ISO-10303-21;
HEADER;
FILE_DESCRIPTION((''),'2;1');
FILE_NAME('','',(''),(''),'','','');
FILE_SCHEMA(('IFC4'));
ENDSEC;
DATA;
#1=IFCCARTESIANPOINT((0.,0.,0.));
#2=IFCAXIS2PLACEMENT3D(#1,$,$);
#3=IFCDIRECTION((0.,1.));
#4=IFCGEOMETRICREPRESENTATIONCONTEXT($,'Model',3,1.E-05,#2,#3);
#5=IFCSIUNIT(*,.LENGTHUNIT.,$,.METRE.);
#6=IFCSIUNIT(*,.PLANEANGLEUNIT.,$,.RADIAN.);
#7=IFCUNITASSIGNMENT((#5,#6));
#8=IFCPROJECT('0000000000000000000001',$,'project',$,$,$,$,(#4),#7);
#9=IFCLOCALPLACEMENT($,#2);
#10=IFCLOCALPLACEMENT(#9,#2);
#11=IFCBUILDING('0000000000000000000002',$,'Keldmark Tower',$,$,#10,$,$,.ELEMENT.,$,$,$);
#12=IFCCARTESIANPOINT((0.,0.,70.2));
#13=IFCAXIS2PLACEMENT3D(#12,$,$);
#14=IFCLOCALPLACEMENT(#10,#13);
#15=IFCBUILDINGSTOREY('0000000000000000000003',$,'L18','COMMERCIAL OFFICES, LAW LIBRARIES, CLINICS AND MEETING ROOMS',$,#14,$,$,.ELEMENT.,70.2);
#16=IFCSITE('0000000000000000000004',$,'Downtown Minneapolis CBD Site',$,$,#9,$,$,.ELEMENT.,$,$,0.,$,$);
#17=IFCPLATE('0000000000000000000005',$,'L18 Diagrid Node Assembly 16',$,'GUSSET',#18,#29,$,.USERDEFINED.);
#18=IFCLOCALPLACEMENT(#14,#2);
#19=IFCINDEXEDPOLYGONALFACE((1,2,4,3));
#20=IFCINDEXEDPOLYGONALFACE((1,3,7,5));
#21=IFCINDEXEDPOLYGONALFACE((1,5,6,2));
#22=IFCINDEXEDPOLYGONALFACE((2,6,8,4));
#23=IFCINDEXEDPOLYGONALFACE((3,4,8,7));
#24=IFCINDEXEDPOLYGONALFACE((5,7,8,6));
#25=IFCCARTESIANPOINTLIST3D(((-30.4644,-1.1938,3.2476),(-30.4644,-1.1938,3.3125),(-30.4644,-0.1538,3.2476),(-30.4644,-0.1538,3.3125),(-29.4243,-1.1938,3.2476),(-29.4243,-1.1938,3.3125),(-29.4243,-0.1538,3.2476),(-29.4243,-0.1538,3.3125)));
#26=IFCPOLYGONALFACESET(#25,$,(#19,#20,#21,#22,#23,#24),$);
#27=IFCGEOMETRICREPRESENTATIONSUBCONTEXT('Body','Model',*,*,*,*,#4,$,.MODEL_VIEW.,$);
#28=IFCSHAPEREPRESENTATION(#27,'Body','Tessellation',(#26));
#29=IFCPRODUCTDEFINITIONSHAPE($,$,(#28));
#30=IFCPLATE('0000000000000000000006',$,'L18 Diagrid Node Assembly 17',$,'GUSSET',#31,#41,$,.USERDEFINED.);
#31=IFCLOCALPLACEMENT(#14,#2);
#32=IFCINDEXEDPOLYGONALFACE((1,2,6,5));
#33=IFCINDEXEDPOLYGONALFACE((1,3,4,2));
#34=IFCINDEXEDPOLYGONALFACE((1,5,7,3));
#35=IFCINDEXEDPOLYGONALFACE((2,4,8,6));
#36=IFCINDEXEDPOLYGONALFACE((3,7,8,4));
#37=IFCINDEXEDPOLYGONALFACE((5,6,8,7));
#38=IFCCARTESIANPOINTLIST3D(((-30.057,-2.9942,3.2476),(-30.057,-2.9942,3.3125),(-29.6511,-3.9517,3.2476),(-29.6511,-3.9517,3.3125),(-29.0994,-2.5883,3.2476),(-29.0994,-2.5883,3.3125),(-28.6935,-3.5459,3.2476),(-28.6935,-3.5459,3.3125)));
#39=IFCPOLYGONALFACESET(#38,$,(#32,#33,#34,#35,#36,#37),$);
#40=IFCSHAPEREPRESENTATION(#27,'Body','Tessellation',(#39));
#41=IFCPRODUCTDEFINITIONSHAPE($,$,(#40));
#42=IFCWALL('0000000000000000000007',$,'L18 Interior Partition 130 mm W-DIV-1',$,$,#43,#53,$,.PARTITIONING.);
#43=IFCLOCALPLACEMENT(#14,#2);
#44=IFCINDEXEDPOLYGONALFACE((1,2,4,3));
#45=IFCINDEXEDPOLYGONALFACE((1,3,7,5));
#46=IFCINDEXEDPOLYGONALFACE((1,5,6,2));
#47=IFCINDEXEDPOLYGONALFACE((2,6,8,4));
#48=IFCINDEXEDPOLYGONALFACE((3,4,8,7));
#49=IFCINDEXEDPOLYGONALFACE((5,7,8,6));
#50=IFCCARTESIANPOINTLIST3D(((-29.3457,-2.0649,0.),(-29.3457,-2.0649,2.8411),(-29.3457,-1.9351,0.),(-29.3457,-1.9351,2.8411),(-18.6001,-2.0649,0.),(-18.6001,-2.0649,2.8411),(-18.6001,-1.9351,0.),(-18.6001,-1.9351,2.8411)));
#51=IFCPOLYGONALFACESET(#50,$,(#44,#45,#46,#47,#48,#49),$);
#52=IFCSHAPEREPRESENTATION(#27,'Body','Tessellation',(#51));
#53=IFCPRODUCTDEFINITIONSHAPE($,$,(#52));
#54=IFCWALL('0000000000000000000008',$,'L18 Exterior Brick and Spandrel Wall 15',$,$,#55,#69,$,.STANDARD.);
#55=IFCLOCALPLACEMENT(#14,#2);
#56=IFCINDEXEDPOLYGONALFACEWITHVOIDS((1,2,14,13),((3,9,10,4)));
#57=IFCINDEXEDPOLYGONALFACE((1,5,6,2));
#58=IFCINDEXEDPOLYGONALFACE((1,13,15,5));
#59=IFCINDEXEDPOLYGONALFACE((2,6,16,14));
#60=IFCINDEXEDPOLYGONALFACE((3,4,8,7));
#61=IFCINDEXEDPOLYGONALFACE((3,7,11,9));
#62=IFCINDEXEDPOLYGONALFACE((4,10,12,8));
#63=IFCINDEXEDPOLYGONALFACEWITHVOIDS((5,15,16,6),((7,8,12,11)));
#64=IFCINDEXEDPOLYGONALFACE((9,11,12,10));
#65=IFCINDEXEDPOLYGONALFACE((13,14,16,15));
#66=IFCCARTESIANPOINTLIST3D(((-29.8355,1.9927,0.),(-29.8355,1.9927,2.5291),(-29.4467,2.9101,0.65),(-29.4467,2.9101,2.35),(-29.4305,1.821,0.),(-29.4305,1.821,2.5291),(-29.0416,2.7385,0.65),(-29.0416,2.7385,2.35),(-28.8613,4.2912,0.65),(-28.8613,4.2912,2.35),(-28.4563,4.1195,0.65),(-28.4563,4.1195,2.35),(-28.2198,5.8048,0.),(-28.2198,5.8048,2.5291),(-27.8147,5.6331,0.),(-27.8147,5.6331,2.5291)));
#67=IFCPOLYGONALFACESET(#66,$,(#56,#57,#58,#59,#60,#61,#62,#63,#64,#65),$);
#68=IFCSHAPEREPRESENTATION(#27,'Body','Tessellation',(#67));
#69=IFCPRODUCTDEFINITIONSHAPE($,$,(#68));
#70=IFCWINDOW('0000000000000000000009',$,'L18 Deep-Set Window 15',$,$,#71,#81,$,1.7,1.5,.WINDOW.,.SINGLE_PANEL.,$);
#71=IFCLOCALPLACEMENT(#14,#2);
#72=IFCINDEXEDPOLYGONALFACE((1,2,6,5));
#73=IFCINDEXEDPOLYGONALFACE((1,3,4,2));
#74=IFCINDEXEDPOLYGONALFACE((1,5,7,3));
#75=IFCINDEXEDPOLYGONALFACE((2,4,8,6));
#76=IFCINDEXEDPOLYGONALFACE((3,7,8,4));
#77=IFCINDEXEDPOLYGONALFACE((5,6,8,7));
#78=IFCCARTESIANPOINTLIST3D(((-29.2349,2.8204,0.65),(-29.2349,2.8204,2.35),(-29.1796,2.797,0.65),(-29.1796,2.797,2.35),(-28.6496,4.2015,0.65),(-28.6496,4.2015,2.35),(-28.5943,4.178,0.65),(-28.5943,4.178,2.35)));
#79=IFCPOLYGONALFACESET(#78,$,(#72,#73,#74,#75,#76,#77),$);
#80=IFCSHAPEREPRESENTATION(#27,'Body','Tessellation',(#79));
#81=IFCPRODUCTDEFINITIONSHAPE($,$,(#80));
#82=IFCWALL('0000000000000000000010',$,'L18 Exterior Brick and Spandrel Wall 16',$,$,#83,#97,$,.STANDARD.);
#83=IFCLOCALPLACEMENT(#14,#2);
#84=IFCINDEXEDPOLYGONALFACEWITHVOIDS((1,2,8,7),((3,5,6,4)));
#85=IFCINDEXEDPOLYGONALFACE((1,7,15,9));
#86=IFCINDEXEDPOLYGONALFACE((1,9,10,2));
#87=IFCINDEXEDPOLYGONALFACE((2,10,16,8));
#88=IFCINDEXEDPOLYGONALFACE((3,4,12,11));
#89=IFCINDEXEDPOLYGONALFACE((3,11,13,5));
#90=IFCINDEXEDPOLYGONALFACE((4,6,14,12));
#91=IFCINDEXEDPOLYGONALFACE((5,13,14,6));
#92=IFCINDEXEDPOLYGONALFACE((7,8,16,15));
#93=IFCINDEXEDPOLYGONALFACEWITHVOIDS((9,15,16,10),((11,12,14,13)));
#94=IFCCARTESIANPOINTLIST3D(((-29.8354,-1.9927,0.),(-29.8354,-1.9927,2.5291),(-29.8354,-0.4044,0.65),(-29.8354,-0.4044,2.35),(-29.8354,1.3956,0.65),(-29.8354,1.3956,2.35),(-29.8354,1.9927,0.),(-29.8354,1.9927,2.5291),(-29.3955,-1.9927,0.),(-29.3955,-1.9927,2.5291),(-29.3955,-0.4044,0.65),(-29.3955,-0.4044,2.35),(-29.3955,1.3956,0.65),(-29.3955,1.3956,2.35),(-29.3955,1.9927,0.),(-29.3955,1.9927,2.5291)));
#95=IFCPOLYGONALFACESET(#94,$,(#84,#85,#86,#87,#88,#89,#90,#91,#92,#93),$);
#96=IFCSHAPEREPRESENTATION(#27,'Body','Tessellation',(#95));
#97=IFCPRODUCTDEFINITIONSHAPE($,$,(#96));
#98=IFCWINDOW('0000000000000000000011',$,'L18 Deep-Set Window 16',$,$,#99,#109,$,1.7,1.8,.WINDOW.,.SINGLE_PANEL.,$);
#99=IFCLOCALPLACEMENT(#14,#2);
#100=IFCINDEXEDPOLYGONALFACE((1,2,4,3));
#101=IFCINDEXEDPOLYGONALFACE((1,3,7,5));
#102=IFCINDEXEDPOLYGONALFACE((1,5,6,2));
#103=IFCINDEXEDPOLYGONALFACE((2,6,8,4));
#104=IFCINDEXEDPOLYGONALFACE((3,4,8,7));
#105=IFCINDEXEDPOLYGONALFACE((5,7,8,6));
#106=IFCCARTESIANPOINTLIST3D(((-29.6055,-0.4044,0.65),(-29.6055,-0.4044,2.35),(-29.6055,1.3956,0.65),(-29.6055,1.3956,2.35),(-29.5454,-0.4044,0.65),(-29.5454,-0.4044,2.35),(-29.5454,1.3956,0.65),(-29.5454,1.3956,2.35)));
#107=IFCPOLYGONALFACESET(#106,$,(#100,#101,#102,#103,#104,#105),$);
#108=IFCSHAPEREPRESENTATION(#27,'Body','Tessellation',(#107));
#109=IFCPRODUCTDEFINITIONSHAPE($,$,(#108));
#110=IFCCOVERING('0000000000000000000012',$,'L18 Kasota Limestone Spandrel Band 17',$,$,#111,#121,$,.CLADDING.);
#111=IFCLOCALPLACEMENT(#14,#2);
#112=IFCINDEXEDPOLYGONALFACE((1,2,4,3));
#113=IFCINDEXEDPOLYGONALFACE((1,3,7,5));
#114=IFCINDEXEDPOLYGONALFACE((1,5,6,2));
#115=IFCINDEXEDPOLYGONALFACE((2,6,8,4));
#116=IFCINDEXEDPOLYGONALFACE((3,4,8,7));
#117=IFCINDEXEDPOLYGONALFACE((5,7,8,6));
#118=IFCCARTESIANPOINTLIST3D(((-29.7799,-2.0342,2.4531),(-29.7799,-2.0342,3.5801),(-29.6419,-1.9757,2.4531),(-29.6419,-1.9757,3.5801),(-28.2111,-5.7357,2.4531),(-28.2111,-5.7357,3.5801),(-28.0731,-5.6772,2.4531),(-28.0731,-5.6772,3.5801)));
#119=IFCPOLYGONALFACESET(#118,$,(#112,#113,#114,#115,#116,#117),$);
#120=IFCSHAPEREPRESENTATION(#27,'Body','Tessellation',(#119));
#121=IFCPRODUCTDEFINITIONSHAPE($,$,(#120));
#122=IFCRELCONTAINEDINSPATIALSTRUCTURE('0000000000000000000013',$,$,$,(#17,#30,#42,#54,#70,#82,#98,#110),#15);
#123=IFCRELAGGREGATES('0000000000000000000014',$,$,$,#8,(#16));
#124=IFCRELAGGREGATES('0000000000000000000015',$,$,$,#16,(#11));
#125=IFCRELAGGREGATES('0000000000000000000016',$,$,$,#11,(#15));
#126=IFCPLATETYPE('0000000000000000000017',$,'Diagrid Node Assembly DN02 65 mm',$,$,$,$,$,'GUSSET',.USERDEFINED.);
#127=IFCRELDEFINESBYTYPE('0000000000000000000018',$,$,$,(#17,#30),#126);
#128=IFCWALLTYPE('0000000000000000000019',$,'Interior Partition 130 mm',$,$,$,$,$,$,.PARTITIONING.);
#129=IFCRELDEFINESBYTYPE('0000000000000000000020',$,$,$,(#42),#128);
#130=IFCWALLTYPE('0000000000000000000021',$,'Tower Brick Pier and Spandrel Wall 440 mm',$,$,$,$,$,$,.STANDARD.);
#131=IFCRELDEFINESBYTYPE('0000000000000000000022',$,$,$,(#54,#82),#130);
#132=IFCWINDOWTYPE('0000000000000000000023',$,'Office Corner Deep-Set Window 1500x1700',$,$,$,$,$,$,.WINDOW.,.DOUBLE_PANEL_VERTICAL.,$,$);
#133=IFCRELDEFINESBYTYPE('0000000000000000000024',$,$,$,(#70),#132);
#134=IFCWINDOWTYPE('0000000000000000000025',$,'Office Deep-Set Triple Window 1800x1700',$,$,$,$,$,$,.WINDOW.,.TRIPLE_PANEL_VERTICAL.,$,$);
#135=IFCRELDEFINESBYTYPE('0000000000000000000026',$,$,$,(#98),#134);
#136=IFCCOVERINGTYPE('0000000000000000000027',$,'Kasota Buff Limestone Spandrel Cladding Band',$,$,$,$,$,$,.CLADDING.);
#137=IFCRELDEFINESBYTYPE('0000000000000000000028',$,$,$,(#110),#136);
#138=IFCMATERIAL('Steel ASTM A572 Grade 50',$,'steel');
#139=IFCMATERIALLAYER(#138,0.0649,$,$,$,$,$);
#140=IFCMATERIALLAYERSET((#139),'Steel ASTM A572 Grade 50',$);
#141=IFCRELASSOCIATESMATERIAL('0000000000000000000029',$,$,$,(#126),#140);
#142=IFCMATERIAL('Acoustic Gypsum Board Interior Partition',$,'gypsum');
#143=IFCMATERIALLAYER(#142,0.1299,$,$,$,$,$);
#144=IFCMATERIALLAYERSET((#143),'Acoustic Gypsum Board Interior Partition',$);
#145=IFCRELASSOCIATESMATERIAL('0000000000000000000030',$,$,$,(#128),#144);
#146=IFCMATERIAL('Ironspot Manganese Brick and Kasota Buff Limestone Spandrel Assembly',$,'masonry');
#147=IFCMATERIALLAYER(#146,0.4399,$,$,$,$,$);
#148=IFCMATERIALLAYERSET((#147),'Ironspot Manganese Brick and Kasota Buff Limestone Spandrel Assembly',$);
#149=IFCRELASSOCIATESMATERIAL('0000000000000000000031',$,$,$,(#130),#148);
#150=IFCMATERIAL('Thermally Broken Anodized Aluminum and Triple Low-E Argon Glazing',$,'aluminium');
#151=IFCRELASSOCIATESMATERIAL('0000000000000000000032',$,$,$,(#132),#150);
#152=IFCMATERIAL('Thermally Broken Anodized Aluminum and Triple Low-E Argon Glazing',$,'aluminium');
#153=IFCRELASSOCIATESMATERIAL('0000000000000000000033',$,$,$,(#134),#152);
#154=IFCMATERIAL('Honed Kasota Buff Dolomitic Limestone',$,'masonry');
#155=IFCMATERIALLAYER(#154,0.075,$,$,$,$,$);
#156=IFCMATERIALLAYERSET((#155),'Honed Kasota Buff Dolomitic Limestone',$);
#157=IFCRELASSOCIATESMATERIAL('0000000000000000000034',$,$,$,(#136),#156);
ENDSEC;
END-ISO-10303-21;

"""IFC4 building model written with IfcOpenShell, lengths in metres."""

from ifc_helpers import new_model, si_unit, direction, frame, frame_2d, origin, origin_2d, place, context, subcontext, project, spatial, rectangle, extrude, material, layer, layer_set, type_object, element, fill, save


model = new_model("IFC4")

# Units and contexts
model_context = context("Model", 3, precision=1e-05, world=origin(), true_north=direction((0.0, 1.0)))
body_context = subcontext(model_context, "Body", "Model", "MODEL_VIEW")
ifc_project = project(units=[si_unit("LENGTHUNIT", "METRE"), si_unit("PLANEANGLEUNIT", "RADIAN")], contexts=[model_context])

# Site, building, storey
site_placement = place(None, origin())
site = spatial("IfcSite", under=ifc_project, at=site_placement, Name="Downtown Minneapolis CBD Site", CompositionType="ELEMENT", RefElevation=0.0)
building_placement = place(site_placement, origin())
building = spatial("IfcBuilding", under=site, at=building_placement, Name="Keldmark Tower", CompositionType="ELEMENT")
storey_placement = place(building_placement, frame((0.0, 0.0, 70.2)))
storey = spatial("IfcBuildingStorey", under=building, at=storey_placement, Name="L18", Description="COMMERCIAL OFFICES, LAW LIBRARIES, CLINICS AND MEETING ROOMS", CompositionType="ELEMENT", Elevation=70.2)

# Plates
ifc_material_1 = material(Name="Steel ASTM A572 Grade 50", Category="steel")
ifc_layer_1 = layer(ifc_material_1, 0.0649)
ifc_layer_set_1 = layer_set([ifc_layer_1], Name="Steel ASTM A572 Grade 50")
plate_type = type_object("IfcPlateType", Name="Diagrid Node Assembly DN02 65 mm", ElementType="GUSSET", PredefinedType="USERDEFINED", material=ifc_layer_set_1)
for number, where, z_axis, x_axis, name in (
    (1, (-29.9443, -0.6738, 3.2476), (0.0, 0.0, 1.0), (0.0, -1.0, 0.0), "L18 Diagrid Node Assembly 16"),
    (2, (-29.3752, -3.27, 3.2476), (0.0, 0.0, 1.0), (0.390249, -0.920709, 0.0), "L18 Diagrid Node Assembly 17"),
):
    element("IfcPlate", number, at=place(storey_placement, frame(where, z_axis=z_axis, x_axis=x_axis)), inside=storey, type_object=plate_type, Name=name, ObjectType="GUSSET", PredefinedType="USERDEFINED", context=body_context, shape_type="SweptSolid", body=[
        extrude(rectangle(XDim=1.04, YDim=1.04, at=origin_2d()), origin(), (0.0, 0.0, 1.0), 0.0649),
    ])

# Wall
ifc_material_2 = material(Name="Acoustic Gypsum Board Interior Partition", Category="gypsum")
ifc_layer_2 = layer(ifc_material_2, 0.1299)
ifc_layer_set_2 = layer_set([ifc_layer_2], Name="Acoustic Gypsum Board Interior Partition")
wall_type_1 = type_object("IfcWallType", Name="Interior Partition 130 mm", PredefinedType="PARTITIONING", material=ifc_layer_set_2)
wall_1_placement = place(storey_placement, frame((-29.3457, -2.0, 0.0), z_axis=(0.0, 0.0, 1.0), x_axis=(1.0, 0.0, 0.0)))
element("IfcWall", 3, at=wall_1_placement, inside=storey, type_object=wall_type_1, Name="L18 Interior Partition 130 mm W-DIV-1", PredefinedType="PARTITIONING", context=body_context, shape_type="SweptSolid", body=[
    extrude(rectangle(XDim=10.7456, YDim=0.1299, at=frame_2d((5.3728, 0.0))), origin(), (0.0, 0.0, 1.0), 2.8411),
])

# Walls, openings, windows
ifc_material_3 = material(Name="Ironspot Manganese Brick and Kasota Buff Limestone Spandrel Assembly", Category="masonry")
ifc_layer_3 = layer(ifc_material_3, 0.4399)
ifc_layer_set_3 = layer_set([ifc_layer_3], Name="Ironspot Manganese Brick and Kasota Buff Limestone Spandrel Assembly")
wall_type_2 = type_object("IfcWallType", Name="Tower Brick Pier and Spandrel Wall 440 mm", PredefinedType="STANDARD", material=ifc_layer_set_3)
wall_2_placement = place(storey_placement, frame((-29.6331, 1.9067, 0.0), z_axis=(0.0, 0.0, 1.0), x_axis=(0.390244, 0.920712, 0.0)))
wall_2 = element("IfcWall", 4, at=wall_2_placement, inside=storey, type_object=wall_type_2, Name="L18 Exterior Brick and Spandrel Wall 15", PredefinedType="STANDARD", context=body_context, shape_type="SweptSolid", body=[
    extrude(rectangle(XDim=4.1404, YDim=0.4399, at=frame_2d((2.0703, 0.0))), origin(), (0.0, 0.0, 1.0), 2.5291),
])
opening_1_placement = place(wall_2_placement, frame((0.9966, 0.0, 0.6499)))
opening_1 = element("IfcOpeningElement", 5, at=opening_1_placement, cuts=wall_2, PredefinedType="OPENING", context=body_context, shape_type="SweptSolid", body=[
    extrude(rectangle(XDim=1.5, YDim=1.7, at=frame_2d((0.75, 0.8501))), frame((0.0, 0.23, 0.0), z_axis=(0.0, -1.0, 0.0), x_axis=(1.0, 0.0, 0.0)), (0.0, 0.0, 1.0), 0.46),
])
ifc_material_4 = material(Name="Thermally Broken Anodized Aluminum and Triple Low-E Argon Glazing", Category="aluminium")
window_type_1 = type_object("IfcWindowType", Name="Office Corner Deep-Set Window 1500x1700", PartitioningType="DOUBLE_PANEL_VERTICAL", PredefinedType="WINDOW", material=ifc_material_4)
window_1_placement = place(opening_1_placement, origin())
window_1 = element("IfcWindow", 6, at=window_1_placement, inside=storey, type_object=window_type_1, Name="L18 Deep-Set Window 15", OverallHeight=1.7, OverallWidth=1.5, PartitioningType="SINGLE_PANEL", PredefinedType="WINDOW", context=body_context, shape_type="SweptSolid", body=[
    extrude(rectangle(XDim=1.5, YDim=1.7, at=frame_2d((0.75, 0.8501))), frame((0.0, -0.01, 0.0), z_axis=(0.0, -1.0, 0.0), x_axis=(1.0, 0.0, 0.0)), (0.0, 0.0, 1.0), 0.0601),
])
fill(opening_1, window_1)
wall_3_placement = place(storey_placement, frame((-29.6155, -1.9927, 0.0), z_axis=(0.0, 0.0, 1.0), x_axis=(0.0, 1.0, 0.0)))
wall_3 = element("IfcWall", 7, at=wall_3_placement, inside=storey, type_object=wall_type_2, Name="L18 Exterior Brick and Spandrel Wall 16", PredefinedType="STANDARD", context=body_context, shape_type="SweptSolid", body=[
    extrude(rectangle(XDim=3.9854, YDim=0.4399, at=frame_2d((1.9927, 0.0))), origin(), (0.0, 0.0, 1.0), 2.5291),
])
opening_2_placement = place(wall_3_placement, frame((1.5884, 0.0, 0.6499)))
opening_2 = element("IfcOpeningElement", 8, at=opening_2_placement, cuts=wall_3, PredefinedType="OPENING", context=body_context, shape_type="SweptSolid", body=[
    extrude(rectangle(XDim=1.8, YDim=1.7, at=frame_2d((0.8999, 0.8501))), frame((0.0, 0.23, 0.0), z_axis=(0.0, -1.0, 0.0), x_axis=(1.0, 0.0, 0.0)), (0.0, 0.0, 1.0), 0.46),
])
ifc_material_5 = material(Name="Thermally Broken Anodized Aluminum and Triple Low-E Argon Glazing", Category="aluminium")
window_type_2 = type_object("IfcWindowType", Name="Office Deep-Set Triple Window 1800x1700", PartitioningType="TRIPLE_PANEL_VERTICAL", PredefinedType="WINDOW", material=ifc_material_5)
window_2_placement = place(opening_2_placement, origin())
window_2 = element("IfcWindow", 9, at=window_2_placement, inside=storey, type_object=window_type_2, Name="L18 Deep-Set Window 16", OverallHeight=1.7, OverallWidth=1.8, PartitioningType="SINGLE_PANEL", PredefinedType="WINDOW", context=body_context, shape_type="SweptSolid", body=[
    extrude(rectangle(XDim=1.8, YDim=1.7, at=frame_2d((0.8999, 0.8501))), frame((0.0, -0.01, 0.0), z_axis=(0.0, -1.0, 0.0), x_axis=(1.0, 0.0, 0.0)), (0.0, 0.0, 1.0), 0.0601),
])
fill(opening_2, window_2)

# Covering
ifc_material_6 = material(Name="Honed Kasota Buff Dolomitic Limestone", Category="masonry")
ifc_layer_4 = layer(ifc_material_6, 0.075)
ifc_layer_set_4 = layer_set([ifc_layer_4], Name="Honed Kasota Buff Dolomitic Limestone")
covering_type = type_object("IfcCoveringType", Name="Kasota Buff Limestone Spandrel Cladding Band", PredefinedType="CLADDING", material=ifc_layer_set_4)
covering_placement = place(storey_placement, frame((-28.9265, -3.8557, 2.4531), z_axis=(0.0, 0.0, 1.0), x_axis=(0.390233, -0.920716, 0.0)))
element("IfcCovering", 10, at=covering_placement, inside=storey, type_object=covering_type, Name="L18 Kasota Limestone Spandrel Band 17", PredefinedType="CLADDING", context=body_context, shape_type="SweptSolid", body=[
    extrude(rectangle(XDim=4.0203, YDim=0.1499, at=origin_2d()), origin(), (0.0, 0.0, 1.0), 1.127),
])

save(model, "model.ifc")
